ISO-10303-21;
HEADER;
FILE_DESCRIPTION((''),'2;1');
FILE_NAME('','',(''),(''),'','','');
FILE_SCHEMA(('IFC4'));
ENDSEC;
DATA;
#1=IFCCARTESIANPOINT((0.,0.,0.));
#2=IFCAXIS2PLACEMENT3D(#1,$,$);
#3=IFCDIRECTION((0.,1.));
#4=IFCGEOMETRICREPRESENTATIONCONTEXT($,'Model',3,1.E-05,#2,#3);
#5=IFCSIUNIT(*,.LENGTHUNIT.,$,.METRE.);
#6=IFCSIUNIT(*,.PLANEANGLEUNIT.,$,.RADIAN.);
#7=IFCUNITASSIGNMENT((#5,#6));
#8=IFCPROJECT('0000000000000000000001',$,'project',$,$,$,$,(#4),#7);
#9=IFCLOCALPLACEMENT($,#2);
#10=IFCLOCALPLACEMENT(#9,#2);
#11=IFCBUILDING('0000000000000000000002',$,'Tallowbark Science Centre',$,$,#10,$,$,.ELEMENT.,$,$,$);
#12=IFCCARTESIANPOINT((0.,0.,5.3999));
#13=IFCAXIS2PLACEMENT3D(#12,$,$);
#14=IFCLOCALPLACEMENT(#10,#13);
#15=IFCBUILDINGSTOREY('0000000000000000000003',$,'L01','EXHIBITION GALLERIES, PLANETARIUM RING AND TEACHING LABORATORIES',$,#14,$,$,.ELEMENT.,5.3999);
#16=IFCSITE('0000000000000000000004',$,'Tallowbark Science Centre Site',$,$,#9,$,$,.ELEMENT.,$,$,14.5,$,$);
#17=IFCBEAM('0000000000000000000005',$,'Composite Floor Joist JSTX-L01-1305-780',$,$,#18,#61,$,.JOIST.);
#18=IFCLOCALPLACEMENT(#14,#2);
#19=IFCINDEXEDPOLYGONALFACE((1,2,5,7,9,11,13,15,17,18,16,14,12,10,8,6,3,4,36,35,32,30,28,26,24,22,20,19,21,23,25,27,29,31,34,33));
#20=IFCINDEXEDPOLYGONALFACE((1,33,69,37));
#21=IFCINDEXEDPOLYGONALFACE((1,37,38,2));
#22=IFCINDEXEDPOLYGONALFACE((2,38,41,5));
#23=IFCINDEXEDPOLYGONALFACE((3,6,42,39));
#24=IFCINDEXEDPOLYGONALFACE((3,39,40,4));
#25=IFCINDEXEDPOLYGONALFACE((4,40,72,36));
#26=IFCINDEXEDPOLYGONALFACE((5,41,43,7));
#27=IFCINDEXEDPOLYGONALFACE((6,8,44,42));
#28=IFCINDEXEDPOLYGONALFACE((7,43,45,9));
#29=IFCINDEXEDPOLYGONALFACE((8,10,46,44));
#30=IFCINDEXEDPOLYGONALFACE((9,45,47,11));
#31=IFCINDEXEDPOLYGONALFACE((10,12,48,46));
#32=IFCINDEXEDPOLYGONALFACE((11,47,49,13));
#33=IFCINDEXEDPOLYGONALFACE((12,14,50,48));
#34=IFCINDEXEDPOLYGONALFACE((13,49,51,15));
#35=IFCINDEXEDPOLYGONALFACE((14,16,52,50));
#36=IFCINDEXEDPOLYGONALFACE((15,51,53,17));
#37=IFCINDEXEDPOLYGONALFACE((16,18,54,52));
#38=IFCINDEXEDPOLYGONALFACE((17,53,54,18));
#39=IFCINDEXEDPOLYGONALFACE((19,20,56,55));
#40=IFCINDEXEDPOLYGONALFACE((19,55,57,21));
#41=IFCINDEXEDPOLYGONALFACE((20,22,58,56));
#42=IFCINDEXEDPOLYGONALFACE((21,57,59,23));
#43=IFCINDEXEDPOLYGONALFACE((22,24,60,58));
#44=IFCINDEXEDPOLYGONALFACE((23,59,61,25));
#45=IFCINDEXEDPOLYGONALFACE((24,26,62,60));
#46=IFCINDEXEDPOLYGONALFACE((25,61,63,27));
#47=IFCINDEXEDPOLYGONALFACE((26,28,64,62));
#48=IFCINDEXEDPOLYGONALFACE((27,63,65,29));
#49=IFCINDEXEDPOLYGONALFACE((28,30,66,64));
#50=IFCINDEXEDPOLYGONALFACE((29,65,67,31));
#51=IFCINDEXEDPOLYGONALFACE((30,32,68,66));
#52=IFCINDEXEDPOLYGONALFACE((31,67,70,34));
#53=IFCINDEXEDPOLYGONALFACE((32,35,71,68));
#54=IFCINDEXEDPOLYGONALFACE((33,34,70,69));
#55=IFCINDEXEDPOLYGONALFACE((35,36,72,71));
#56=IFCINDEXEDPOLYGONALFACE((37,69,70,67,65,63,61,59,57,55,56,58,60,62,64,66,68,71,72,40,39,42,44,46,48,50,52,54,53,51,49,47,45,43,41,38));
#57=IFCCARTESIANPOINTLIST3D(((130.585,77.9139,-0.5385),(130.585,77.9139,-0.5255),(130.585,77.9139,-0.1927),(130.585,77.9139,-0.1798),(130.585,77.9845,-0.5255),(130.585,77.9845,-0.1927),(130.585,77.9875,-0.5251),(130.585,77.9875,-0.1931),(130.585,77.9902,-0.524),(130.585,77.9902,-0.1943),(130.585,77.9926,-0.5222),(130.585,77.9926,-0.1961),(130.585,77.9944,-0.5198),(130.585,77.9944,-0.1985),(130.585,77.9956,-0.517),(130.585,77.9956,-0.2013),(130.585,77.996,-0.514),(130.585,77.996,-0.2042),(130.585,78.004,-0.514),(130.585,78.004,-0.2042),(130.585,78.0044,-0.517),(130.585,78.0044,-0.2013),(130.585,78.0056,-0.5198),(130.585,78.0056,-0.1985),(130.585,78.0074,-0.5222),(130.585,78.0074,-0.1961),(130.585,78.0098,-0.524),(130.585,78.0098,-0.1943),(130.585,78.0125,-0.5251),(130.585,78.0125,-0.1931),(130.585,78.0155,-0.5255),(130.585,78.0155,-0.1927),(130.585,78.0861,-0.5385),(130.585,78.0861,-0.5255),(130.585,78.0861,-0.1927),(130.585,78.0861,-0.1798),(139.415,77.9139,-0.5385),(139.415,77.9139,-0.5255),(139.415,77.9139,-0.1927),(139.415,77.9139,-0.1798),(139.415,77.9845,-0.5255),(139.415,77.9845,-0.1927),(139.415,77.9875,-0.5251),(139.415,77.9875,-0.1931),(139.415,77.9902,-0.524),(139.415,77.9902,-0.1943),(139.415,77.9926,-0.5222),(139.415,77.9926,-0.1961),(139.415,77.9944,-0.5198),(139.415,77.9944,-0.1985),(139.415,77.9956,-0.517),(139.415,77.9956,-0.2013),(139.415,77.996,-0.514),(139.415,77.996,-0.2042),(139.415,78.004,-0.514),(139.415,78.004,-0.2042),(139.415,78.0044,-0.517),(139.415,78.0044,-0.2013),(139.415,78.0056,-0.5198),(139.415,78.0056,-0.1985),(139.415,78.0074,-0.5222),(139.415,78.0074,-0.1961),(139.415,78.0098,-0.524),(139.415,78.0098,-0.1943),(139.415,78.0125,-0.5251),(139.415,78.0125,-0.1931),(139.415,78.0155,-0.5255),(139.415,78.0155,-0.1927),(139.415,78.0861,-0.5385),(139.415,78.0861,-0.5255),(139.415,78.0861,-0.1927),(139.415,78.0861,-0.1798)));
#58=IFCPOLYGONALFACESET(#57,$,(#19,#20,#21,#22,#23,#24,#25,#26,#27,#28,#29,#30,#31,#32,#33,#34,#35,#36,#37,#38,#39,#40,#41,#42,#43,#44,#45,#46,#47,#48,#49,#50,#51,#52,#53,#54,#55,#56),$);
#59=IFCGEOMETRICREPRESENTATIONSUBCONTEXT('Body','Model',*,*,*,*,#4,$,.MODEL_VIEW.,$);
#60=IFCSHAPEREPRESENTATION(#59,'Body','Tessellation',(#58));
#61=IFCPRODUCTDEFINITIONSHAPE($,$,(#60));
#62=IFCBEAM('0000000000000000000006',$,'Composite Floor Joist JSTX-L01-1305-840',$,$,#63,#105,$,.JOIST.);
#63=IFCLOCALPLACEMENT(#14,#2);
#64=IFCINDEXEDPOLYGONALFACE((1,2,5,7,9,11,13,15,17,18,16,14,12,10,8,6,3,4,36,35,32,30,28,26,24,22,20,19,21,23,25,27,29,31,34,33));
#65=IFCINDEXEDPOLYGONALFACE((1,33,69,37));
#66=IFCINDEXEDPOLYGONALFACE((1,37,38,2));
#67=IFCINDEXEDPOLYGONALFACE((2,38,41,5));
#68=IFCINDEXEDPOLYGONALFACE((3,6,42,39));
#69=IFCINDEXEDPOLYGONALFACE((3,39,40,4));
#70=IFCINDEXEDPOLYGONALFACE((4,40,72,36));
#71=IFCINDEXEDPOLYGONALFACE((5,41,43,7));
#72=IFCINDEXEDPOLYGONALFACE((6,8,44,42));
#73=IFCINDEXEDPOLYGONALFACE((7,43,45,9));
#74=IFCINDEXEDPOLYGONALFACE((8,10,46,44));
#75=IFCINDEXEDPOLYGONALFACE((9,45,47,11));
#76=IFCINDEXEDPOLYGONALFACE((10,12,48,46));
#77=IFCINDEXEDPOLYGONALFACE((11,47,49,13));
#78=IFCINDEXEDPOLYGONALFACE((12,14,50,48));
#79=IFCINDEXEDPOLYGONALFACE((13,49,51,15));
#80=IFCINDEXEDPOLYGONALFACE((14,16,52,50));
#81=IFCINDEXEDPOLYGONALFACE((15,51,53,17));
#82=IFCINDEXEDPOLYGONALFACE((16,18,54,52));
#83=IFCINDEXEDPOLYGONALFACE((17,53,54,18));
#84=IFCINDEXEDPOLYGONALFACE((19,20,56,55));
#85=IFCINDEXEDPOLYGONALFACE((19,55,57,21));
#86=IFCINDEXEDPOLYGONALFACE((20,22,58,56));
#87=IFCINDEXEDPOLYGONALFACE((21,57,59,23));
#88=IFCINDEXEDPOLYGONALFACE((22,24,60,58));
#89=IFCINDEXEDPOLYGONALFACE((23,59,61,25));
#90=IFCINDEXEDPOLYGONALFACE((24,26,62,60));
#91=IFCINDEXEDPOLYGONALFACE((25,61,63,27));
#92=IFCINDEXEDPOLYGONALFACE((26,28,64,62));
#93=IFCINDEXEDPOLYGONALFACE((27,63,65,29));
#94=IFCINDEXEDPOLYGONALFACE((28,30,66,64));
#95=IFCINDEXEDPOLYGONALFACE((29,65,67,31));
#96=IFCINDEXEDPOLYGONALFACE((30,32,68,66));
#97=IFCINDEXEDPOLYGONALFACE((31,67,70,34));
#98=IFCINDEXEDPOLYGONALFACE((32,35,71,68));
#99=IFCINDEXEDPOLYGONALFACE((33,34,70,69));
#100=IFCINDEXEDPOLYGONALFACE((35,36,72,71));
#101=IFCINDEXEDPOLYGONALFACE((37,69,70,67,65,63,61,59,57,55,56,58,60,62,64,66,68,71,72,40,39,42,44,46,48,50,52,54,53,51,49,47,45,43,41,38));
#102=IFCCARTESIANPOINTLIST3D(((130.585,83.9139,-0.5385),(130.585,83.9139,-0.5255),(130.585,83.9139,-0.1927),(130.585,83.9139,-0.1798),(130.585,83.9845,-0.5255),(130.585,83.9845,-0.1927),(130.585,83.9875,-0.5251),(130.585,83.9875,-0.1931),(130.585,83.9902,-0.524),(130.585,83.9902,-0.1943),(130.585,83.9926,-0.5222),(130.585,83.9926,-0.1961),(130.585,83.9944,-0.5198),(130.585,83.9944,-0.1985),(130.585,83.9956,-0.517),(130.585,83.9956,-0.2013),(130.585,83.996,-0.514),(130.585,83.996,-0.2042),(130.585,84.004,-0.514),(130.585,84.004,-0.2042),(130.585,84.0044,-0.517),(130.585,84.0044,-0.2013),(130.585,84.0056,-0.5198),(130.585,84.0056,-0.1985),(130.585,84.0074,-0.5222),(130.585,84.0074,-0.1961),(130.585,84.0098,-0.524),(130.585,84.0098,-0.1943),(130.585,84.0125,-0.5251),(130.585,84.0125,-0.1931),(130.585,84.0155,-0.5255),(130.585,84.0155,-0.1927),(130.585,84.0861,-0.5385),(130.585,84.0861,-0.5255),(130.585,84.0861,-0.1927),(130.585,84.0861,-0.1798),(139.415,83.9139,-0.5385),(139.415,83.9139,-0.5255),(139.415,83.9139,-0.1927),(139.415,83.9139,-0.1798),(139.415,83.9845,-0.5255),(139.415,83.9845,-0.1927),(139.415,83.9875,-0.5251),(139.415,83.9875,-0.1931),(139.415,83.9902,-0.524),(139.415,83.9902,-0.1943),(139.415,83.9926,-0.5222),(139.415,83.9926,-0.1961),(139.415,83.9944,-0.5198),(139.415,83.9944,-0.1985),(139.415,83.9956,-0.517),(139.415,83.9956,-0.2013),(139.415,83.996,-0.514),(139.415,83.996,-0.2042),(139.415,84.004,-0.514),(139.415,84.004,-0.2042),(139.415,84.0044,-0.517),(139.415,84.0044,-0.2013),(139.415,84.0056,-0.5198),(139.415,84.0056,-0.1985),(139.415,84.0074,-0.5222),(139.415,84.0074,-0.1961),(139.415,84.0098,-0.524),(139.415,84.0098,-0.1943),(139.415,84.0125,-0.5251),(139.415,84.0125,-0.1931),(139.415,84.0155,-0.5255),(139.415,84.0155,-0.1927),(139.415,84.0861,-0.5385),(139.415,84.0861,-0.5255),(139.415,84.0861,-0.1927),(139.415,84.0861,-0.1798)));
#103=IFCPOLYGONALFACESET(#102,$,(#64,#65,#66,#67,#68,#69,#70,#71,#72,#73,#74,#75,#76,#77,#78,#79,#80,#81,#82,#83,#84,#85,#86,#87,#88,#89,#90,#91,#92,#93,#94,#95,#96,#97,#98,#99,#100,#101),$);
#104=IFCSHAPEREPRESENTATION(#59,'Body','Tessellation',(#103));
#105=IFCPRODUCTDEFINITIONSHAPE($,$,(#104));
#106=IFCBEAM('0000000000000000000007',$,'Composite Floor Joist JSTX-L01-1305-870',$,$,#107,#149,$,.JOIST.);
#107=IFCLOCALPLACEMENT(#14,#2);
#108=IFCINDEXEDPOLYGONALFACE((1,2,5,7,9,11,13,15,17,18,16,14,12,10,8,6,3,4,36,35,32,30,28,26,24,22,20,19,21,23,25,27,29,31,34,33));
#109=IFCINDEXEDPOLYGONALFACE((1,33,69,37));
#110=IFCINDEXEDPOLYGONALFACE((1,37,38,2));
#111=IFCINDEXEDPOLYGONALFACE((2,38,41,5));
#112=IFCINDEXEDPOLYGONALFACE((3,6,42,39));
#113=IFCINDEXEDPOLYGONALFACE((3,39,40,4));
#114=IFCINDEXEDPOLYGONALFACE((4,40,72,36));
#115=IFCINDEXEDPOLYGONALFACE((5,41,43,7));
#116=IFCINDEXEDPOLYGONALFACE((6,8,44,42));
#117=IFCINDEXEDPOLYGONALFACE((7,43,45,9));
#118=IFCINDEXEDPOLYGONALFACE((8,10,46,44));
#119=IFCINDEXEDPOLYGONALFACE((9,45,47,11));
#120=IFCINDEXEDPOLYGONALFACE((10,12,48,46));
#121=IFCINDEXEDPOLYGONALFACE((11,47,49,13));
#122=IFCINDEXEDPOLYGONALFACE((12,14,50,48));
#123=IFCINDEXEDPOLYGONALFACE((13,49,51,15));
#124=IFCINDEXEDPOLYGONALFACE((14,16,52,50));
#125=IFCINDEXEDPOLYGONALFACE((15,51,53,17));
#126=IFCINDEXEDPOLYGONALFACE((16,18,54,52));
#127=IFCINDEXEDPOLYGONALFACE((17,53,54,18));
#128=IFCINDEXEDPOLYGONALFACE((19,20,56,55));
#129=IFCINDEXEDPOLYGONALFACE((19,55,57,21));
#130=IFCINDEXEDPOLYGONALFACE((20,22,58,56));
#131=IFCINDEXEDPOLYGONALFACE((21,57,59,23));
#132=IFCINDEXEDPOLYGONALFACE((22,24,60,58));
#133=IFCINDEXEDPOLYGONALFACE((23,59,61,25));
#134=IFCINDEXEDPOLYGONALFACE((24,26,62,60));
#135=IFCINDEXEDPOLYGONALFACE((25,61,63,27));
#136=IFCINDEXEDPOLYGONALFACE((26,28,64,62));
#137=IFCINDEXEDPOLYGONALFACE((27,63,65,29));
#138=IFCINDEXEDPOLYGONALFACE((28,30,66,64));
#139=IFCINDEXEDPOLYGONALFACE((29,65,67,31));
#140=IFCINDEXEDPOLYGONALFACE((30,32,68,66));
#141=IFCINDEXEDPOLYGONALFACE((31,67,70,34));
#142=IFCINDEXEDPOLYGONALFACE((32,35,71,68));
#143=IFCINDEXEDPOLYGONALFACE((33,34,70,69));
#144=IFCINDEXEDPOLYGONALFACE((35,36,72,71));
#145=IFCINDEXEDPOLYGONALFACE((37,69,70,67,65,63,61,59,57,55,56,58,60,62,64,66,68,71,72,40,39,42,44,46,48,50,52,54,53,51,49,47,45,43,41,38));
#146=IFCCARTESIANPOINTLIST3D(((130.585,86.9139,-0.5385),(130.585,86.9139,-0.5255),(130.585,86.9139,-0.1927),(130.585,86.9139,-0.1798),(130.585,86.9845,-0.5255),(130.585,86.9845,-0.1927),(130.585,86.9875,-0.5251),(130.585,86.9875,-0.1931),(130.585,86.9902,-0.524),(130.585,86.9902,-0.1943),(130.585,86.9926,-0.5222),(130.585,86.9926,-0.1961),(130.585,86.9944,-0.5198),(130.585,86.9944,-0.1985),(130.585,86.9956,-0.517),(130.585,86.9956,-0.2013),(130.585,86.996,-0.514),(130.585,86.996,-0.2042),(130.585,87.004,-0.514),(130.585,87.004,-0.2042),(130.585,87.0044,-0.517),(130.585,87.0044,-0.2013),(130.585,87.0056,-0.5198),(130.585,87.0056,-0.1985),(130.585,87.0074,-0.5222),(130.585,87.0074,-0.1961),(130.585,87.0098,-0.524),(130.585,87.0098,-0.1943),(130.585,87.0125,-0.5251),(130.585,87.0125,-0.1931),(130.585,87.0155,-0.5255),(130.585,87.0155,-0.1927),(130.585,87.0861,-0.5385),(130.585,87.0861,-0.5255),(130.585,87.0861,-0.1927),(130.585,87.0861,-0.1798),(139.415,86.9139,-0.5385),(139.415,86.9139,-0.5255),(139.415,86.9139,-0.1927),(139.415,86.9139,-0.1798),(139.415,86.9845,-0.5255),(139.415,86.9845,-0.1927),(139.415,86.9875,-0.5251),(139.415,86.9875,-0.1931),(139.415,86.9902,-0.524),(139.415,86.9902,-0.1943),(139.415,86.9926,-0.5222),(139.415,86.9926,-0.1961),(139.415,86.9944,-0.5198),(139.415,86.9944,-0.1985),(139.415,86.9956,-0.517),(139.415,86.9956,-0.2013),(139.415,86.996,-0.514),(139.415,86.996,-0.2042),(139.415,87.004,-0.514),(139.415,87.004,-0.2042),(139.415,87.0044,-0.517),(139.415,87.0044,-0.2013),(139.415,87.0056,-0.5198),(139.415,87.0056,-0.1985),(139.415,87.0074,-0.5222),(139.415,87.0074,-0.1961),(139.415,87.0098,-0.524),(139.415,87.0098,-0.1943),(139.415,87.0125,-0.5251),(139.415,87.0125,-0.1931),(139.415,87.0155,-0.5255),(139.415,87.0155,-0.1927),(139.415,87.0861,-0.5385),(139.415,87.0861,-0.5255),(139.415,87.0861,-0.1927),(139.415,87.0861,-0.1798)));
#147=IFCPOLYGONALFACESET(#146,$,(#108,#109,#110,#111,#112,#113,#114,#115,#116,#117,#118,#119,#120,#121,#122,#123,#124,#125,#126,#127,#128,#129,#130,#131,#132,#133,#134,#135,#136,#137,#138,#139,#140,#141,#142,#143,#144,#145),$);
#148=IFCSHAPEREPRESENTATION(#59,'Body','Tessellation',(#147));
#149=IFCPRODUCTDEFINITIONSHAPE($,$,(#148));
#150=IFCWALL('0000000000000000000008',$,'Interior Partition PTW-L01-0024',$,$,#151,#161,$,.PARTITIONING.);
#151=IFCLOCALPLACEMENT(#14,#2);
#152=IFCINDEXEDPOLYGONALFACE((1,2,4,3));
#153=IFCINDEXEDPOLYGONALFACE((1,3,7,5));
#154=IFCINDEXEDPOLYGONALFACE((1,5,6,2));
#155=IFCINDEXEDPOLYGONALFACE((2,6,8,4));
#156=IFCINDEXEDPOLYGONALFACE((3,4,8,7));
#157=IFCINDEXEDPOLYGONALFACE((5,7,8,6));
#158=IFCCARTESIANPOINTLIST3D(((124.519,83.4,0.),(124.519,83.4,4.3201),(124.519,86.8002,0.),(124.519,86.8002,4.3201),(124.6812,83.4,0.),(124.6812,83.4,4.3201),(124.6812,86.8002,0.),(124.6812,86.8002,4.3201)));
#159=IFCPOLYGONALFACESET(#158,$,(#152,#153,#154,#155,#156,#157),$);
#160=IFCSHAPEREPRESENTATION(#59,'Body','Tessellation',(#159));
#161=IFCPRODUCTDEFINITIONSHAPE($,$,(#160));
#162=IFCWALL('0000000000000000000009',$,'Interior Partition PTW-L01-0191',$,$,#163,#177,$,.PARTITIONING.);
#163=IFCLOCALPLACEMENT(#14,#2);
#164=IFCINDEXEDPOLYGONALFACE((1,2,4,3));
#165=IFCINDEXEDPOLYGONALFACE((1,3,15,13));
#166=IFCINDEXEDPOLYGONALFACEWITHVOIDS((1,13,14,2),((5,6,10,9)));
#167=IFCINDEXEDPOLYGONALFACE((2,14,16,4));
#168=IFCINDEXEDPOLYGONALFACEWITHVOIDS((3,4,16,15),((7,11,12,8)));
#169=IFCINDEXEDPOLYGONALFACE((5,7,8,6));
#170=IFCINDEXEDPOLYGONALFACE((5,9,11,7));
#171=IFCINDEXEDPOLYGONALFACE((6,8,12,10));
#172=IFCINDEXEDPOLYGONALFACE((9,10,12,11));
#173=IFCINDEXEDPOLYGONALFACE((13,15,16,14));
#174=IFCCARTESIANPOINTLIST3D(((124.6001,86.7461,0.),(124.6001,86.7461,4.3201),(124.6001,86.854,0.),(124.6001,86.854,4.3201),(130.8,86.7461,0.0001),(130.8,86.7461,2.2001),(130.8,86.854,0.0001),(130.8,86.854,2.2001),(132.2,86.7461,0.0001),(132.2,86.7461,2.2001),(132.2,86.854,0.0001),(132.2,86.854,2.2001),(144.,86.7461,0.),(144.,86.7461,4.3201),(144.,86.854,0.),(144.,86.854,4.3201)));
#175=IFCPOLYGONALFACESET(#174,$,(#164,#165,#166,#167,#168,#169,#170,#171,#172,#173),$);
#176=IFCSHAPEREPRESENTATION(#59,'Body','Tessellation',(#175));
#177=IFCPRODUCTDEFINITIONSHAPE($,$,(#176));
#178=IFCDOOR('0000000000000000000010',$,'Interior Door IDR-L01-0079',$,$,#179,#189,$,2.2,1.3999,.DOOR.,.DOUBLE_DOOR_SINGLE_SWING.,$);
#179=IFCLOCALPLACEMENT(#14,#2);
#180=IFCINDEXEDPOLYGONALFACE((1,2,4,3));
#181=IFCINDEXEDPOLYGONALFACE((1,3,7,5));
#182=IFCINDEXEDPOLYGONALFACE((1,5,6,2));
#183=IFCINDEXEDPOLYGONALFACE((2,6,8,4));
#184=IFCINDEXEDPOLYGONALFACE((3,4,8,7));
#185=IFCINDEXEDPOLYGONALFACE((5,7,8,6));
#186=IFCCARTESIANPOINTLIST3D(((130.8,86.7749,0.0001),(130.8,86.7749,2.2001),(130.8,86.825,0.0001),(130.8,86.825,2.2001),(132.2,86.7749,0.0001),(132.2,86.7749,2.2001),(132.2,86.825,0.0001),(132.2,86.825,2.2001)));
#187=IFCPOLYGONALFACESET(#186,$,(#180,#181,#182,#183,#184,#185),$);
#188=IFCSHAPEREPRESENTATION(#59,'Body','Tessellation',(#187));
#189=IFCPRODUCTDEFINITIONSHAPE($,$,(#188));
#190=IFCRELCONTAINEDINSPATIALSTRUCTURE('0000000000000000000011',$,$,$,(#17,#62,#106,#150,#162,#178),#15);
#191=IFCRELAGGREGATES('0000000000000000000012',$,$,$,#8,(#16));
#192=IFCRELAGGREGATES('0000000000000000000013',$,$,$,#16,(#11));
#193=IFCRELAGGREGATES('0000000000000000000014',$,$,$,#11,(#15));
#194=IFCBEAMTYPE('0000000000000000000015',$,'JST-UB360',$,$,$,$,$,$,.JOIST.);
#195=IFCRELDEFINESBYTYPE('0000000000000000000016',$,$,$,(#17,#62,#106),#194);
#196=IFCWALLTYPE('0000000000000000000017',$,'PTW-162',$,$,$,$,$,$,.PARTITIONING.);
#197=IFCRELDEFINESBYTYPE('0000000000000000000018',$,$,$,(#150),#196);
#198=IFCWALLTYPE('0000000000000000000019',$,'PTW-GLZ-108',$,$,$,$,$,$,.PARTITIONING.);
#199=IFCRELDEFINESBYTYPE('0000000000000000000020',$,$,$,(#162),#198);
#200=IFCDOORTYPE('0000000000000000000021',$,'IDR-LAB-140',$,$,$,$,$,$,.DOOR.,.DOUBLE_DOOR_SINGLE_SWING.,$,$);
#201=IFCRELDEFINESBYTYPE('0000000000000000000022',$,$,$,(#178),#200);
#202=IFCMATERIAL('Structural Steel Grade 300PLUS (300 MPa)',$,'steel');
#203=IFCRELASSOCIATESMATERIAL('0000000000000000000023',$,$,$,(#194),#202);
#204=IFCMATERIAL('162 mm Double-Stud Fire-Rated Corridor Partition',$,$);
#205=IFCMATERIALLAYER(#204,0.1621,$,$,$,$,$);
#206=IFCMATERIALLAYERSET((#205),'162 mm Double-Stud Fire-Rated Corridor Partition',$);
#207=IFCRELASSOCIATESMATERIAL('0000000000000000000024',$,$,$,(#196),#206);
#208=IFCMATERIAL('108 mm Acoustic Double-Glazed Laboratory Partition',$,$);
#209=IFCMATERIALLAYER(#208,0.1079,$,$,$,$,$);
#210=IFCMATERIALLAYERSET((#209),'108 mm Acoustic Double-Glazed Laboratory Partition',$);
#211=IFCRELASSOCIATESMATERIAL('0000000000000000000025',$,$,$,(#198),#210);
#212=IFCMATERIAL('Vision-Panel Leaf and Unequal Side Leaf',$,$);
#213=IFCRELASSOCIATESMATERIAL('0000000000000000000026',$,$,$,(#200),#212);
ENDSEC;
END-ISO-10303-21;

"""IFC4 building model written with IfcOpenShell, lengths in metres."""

from ifc_helpers import new_model, si_unit, direction, frame, frame_2d, origin, origin_2d, place, context, subcontext, project, spatial, rectangle, i_section, extrude, material, layer, layer_set, material_profile, profile_set, type_object, element, fill, save


model = new_model("IFC4")

# Units and contexts
model_context = context("Model", 3, precision=1e-05, world=origin(), true_north=direction((0.0, 1.0)))
body_context = subcontext(model_context, "Body", "Model", "MODEL_VIEW")
ifc_project = project(units=[si_unit("LENGTHUNIT", "METRE"), si_unit("PLANEANGLEUNIT", "RADIAN")], contexts=[model_context])

# Site, building, storey
site_placement = place(None, origin())
site = spatial("IfcSite", under=ifc_project, at=site_placement, Name="Tallowbark Science Centre Site", CompositionType="ELEMENT", RefElevation=14.5)
building_placement = place(site_placement, origin())
building = spatial("IfcBuilding", under=site, at=building_placement, Name="Tallowbark Science Centre", CompositionType="ELEMENT")
storey_placement = place(building_placement, frame((0.0, 0.0, 5.3999)))
storey = spatial("IfcBuildingStorey", under=building, at=storey_placement, Name="L01", Description="EXHIBITION GALLERIES, PLANETARIUM RING AND TEACHING LABORATORIES", CompositionType="ELEMENT", Elevation=5.3999)

# Shared definitions
ifc_material_1 = material(Name="Structural Steel Grade 300PLUS (300 MPa)", Category="steel")

# Beams
ifc_material_profile_1 = material_profile(ifc_material_1, i_section(OverallWidth=0.1721, OverallDepth=0.3586, WebThickness=0.0081, FlangeThickness=0.0129, FilletRadius=0.0115, at=origin_2d()), Name="360UB56.7")
ifc_profile_set_1 = profile_set([ifc_material_profile_1], Name="Structural Steel Grade 300PLUS (300 MPa)")
beam_type_1 = type_object("IfcBeamType", Name="JST-UB360", PredefinedType="JOIST", material=ifc_profile_set_1)
for number, where, z_axis, x_axis, name in (
    (1, (130.585, 78.0, -0.3591), (1.0, 0.0, 0.0), (0.0, 1.0, 0.0), "Composite Floor Joist JSTX-L01-1305-780"),
    (2, (130.585, 84.0, -0.3591), (1.0, 0.0, 0.0), (0.0, 1.0, 0.0), "Composite Floor Joist JSTX-L01-1305-840"),
    (3, (130.585, 87.0, -0.3591), (1.0, 0.0, 0.0), (0.0, 1.0, 0.0), "Composite Floor Joist JSTX-L01-1305-870"),
):
    element("IfcBeam", number, at=place(storey_placement, frame(where, z_axis=z_axis, x_axis=x_axis)), inside=storey, type_object=beam_type_1, Name=name, PredefinedType="JOIST", context=body_context, shape_type="SweptSolid", body=[
        extrude(i_section(OverallWidth=0.1721, OverallDepth=0.3586, WebThickness=0.0081, FlangeThickness=0.0129, FilletRadius=0.0115, at=origin_2d()), origin(), (0.0, 0.0, 1.0), 8.8301),
    ])

# Wall
ifc_material_2 = material(Name="162 mm Double-Stud Fire-Rated Corridor Partition")
ifc_layer_1 = layer(ifc_material_2, 0.1621)
ifc_layer_set_1 = layer_set([ifc_layer_1], Name="162 mm Double-Stud Fire-Rated Corridor Partition")
wall_type_1 = type_object("IfcWallType", Name="PTW-162", PredefinedType="PARTITIONING", material=ifc_layer_set_1)
wall_1_placement = place(storey_placement, frame((124.6001, 83.3999, 0.0), z_axis=(0.0, 0.0, 1.0), x_axis=(0.0, 1.0, 0.0)))
element("IfcWall", 4, at=wall_1_placement, inside=storey, type_object=wall_type_1, Name="Interior Partition PTW-L01-0024", PredefinedType="PARTITIONING", context=body_context, shape_type="SweptSolid", body=[
    extrude(rectangle(XDim=3.4001, YDim=0.1621, at=frame_2d((1.7002, 0.0))), origin(), (0.0, 0.0, 1.0), 4.3201),
])

# Wall, opening, door
ifc_material_3 = material(Name="108 mm Acoustic Double-Glazed Laboratory Partition")
ifc_layer_2 = layer(ifc_material_3, 0.1079)
ifc_layer_set_2 = layer_set([ifc_layer_2], Name="108 mm Acoustic Double-Glazed Laboratory Partition")
wall_type_2 = type_object("IfcWallType", Name="PTW-GLZ-108", PredefinedType="PARTITIONING", material=ifc_layer_set_2)
wall_2_placement = place(storey_placement, frame((124.6001, 86.8, 0.0), z_axis=(0.0, 0.0, 1.0), x_axis=(1.0, 0.0, 0.0)))
wall_2 = element("IfcWall", 5, at=wall_2_placement, inside=storey, type_object=wall_type_2, Name="Interior Partition PTW-L01-0191", PredefinedType="PARTITIONING", context=body_context, shape_type="SweptSolid", body=[
    extrude(rectangle(XDim=19.3999, YDim=0.1079, at=frame_2d((9.7, 0.0))), origin(), (0.0, 0.0, 1.0), 4.3201),
])
opening_placement = place(wall_2_placement, frame((6.2, 0.0, 0.0)))
opening = element("IfcOpeningElement", 6, at=opening_placement, cuts=wall_2, PredefinedType="OPENING", context=body_context, shape_type="SweptSolid", body=[
    extrude(rectangle(XDim=1.3999, YDim=2.2, at=frame_2d((0.7, 1.1001))), frame((0.0, 0.064, 0.0), z_axis=(0.0, -1.0, 0.0), x_axis=(1.0, 0.0, 0.0)), (0.0, 0.0, 1.0), 0.1279),
])
ifc_material_4 = material(Name="Vision-Panel Leaf and Unequal Side Leaf")
door_type = type_object("IfcDoorType", Name="IDR-LAB-140", OperationType="DOUBLE_DOOR_SINGLE_SWING", PredefinedType="DOOR", material=ifc_material_4)
door_placement = place(opening_placement, origin())
door = element("IfcDoor", 7, at=door_placement, inside=storey, type_object=door_type, Name="Interior Door IDR-L01-0079", OperationType="DOUBLE_DOOR_SINGLE_SWING", OverallHeight=2.2, OverallWidth=1.3999, PredefinedType="DOOR", context=body_context, shape_type="SweptSolid", body=[
    extrude(rectangle(XDim=1.3999, YDim=2.2, at=frame_2d((0.7, 1.1001))), frame((0.0, 0.0249, 0.0), z_axis=(0.0, -1.0, 0.0), x_axis=(1.0, 0.0, 0.0)), (0.0, 0.0, 1.0), 0.05),
])
fill(opening, door)

save(model, "model.ifc")
